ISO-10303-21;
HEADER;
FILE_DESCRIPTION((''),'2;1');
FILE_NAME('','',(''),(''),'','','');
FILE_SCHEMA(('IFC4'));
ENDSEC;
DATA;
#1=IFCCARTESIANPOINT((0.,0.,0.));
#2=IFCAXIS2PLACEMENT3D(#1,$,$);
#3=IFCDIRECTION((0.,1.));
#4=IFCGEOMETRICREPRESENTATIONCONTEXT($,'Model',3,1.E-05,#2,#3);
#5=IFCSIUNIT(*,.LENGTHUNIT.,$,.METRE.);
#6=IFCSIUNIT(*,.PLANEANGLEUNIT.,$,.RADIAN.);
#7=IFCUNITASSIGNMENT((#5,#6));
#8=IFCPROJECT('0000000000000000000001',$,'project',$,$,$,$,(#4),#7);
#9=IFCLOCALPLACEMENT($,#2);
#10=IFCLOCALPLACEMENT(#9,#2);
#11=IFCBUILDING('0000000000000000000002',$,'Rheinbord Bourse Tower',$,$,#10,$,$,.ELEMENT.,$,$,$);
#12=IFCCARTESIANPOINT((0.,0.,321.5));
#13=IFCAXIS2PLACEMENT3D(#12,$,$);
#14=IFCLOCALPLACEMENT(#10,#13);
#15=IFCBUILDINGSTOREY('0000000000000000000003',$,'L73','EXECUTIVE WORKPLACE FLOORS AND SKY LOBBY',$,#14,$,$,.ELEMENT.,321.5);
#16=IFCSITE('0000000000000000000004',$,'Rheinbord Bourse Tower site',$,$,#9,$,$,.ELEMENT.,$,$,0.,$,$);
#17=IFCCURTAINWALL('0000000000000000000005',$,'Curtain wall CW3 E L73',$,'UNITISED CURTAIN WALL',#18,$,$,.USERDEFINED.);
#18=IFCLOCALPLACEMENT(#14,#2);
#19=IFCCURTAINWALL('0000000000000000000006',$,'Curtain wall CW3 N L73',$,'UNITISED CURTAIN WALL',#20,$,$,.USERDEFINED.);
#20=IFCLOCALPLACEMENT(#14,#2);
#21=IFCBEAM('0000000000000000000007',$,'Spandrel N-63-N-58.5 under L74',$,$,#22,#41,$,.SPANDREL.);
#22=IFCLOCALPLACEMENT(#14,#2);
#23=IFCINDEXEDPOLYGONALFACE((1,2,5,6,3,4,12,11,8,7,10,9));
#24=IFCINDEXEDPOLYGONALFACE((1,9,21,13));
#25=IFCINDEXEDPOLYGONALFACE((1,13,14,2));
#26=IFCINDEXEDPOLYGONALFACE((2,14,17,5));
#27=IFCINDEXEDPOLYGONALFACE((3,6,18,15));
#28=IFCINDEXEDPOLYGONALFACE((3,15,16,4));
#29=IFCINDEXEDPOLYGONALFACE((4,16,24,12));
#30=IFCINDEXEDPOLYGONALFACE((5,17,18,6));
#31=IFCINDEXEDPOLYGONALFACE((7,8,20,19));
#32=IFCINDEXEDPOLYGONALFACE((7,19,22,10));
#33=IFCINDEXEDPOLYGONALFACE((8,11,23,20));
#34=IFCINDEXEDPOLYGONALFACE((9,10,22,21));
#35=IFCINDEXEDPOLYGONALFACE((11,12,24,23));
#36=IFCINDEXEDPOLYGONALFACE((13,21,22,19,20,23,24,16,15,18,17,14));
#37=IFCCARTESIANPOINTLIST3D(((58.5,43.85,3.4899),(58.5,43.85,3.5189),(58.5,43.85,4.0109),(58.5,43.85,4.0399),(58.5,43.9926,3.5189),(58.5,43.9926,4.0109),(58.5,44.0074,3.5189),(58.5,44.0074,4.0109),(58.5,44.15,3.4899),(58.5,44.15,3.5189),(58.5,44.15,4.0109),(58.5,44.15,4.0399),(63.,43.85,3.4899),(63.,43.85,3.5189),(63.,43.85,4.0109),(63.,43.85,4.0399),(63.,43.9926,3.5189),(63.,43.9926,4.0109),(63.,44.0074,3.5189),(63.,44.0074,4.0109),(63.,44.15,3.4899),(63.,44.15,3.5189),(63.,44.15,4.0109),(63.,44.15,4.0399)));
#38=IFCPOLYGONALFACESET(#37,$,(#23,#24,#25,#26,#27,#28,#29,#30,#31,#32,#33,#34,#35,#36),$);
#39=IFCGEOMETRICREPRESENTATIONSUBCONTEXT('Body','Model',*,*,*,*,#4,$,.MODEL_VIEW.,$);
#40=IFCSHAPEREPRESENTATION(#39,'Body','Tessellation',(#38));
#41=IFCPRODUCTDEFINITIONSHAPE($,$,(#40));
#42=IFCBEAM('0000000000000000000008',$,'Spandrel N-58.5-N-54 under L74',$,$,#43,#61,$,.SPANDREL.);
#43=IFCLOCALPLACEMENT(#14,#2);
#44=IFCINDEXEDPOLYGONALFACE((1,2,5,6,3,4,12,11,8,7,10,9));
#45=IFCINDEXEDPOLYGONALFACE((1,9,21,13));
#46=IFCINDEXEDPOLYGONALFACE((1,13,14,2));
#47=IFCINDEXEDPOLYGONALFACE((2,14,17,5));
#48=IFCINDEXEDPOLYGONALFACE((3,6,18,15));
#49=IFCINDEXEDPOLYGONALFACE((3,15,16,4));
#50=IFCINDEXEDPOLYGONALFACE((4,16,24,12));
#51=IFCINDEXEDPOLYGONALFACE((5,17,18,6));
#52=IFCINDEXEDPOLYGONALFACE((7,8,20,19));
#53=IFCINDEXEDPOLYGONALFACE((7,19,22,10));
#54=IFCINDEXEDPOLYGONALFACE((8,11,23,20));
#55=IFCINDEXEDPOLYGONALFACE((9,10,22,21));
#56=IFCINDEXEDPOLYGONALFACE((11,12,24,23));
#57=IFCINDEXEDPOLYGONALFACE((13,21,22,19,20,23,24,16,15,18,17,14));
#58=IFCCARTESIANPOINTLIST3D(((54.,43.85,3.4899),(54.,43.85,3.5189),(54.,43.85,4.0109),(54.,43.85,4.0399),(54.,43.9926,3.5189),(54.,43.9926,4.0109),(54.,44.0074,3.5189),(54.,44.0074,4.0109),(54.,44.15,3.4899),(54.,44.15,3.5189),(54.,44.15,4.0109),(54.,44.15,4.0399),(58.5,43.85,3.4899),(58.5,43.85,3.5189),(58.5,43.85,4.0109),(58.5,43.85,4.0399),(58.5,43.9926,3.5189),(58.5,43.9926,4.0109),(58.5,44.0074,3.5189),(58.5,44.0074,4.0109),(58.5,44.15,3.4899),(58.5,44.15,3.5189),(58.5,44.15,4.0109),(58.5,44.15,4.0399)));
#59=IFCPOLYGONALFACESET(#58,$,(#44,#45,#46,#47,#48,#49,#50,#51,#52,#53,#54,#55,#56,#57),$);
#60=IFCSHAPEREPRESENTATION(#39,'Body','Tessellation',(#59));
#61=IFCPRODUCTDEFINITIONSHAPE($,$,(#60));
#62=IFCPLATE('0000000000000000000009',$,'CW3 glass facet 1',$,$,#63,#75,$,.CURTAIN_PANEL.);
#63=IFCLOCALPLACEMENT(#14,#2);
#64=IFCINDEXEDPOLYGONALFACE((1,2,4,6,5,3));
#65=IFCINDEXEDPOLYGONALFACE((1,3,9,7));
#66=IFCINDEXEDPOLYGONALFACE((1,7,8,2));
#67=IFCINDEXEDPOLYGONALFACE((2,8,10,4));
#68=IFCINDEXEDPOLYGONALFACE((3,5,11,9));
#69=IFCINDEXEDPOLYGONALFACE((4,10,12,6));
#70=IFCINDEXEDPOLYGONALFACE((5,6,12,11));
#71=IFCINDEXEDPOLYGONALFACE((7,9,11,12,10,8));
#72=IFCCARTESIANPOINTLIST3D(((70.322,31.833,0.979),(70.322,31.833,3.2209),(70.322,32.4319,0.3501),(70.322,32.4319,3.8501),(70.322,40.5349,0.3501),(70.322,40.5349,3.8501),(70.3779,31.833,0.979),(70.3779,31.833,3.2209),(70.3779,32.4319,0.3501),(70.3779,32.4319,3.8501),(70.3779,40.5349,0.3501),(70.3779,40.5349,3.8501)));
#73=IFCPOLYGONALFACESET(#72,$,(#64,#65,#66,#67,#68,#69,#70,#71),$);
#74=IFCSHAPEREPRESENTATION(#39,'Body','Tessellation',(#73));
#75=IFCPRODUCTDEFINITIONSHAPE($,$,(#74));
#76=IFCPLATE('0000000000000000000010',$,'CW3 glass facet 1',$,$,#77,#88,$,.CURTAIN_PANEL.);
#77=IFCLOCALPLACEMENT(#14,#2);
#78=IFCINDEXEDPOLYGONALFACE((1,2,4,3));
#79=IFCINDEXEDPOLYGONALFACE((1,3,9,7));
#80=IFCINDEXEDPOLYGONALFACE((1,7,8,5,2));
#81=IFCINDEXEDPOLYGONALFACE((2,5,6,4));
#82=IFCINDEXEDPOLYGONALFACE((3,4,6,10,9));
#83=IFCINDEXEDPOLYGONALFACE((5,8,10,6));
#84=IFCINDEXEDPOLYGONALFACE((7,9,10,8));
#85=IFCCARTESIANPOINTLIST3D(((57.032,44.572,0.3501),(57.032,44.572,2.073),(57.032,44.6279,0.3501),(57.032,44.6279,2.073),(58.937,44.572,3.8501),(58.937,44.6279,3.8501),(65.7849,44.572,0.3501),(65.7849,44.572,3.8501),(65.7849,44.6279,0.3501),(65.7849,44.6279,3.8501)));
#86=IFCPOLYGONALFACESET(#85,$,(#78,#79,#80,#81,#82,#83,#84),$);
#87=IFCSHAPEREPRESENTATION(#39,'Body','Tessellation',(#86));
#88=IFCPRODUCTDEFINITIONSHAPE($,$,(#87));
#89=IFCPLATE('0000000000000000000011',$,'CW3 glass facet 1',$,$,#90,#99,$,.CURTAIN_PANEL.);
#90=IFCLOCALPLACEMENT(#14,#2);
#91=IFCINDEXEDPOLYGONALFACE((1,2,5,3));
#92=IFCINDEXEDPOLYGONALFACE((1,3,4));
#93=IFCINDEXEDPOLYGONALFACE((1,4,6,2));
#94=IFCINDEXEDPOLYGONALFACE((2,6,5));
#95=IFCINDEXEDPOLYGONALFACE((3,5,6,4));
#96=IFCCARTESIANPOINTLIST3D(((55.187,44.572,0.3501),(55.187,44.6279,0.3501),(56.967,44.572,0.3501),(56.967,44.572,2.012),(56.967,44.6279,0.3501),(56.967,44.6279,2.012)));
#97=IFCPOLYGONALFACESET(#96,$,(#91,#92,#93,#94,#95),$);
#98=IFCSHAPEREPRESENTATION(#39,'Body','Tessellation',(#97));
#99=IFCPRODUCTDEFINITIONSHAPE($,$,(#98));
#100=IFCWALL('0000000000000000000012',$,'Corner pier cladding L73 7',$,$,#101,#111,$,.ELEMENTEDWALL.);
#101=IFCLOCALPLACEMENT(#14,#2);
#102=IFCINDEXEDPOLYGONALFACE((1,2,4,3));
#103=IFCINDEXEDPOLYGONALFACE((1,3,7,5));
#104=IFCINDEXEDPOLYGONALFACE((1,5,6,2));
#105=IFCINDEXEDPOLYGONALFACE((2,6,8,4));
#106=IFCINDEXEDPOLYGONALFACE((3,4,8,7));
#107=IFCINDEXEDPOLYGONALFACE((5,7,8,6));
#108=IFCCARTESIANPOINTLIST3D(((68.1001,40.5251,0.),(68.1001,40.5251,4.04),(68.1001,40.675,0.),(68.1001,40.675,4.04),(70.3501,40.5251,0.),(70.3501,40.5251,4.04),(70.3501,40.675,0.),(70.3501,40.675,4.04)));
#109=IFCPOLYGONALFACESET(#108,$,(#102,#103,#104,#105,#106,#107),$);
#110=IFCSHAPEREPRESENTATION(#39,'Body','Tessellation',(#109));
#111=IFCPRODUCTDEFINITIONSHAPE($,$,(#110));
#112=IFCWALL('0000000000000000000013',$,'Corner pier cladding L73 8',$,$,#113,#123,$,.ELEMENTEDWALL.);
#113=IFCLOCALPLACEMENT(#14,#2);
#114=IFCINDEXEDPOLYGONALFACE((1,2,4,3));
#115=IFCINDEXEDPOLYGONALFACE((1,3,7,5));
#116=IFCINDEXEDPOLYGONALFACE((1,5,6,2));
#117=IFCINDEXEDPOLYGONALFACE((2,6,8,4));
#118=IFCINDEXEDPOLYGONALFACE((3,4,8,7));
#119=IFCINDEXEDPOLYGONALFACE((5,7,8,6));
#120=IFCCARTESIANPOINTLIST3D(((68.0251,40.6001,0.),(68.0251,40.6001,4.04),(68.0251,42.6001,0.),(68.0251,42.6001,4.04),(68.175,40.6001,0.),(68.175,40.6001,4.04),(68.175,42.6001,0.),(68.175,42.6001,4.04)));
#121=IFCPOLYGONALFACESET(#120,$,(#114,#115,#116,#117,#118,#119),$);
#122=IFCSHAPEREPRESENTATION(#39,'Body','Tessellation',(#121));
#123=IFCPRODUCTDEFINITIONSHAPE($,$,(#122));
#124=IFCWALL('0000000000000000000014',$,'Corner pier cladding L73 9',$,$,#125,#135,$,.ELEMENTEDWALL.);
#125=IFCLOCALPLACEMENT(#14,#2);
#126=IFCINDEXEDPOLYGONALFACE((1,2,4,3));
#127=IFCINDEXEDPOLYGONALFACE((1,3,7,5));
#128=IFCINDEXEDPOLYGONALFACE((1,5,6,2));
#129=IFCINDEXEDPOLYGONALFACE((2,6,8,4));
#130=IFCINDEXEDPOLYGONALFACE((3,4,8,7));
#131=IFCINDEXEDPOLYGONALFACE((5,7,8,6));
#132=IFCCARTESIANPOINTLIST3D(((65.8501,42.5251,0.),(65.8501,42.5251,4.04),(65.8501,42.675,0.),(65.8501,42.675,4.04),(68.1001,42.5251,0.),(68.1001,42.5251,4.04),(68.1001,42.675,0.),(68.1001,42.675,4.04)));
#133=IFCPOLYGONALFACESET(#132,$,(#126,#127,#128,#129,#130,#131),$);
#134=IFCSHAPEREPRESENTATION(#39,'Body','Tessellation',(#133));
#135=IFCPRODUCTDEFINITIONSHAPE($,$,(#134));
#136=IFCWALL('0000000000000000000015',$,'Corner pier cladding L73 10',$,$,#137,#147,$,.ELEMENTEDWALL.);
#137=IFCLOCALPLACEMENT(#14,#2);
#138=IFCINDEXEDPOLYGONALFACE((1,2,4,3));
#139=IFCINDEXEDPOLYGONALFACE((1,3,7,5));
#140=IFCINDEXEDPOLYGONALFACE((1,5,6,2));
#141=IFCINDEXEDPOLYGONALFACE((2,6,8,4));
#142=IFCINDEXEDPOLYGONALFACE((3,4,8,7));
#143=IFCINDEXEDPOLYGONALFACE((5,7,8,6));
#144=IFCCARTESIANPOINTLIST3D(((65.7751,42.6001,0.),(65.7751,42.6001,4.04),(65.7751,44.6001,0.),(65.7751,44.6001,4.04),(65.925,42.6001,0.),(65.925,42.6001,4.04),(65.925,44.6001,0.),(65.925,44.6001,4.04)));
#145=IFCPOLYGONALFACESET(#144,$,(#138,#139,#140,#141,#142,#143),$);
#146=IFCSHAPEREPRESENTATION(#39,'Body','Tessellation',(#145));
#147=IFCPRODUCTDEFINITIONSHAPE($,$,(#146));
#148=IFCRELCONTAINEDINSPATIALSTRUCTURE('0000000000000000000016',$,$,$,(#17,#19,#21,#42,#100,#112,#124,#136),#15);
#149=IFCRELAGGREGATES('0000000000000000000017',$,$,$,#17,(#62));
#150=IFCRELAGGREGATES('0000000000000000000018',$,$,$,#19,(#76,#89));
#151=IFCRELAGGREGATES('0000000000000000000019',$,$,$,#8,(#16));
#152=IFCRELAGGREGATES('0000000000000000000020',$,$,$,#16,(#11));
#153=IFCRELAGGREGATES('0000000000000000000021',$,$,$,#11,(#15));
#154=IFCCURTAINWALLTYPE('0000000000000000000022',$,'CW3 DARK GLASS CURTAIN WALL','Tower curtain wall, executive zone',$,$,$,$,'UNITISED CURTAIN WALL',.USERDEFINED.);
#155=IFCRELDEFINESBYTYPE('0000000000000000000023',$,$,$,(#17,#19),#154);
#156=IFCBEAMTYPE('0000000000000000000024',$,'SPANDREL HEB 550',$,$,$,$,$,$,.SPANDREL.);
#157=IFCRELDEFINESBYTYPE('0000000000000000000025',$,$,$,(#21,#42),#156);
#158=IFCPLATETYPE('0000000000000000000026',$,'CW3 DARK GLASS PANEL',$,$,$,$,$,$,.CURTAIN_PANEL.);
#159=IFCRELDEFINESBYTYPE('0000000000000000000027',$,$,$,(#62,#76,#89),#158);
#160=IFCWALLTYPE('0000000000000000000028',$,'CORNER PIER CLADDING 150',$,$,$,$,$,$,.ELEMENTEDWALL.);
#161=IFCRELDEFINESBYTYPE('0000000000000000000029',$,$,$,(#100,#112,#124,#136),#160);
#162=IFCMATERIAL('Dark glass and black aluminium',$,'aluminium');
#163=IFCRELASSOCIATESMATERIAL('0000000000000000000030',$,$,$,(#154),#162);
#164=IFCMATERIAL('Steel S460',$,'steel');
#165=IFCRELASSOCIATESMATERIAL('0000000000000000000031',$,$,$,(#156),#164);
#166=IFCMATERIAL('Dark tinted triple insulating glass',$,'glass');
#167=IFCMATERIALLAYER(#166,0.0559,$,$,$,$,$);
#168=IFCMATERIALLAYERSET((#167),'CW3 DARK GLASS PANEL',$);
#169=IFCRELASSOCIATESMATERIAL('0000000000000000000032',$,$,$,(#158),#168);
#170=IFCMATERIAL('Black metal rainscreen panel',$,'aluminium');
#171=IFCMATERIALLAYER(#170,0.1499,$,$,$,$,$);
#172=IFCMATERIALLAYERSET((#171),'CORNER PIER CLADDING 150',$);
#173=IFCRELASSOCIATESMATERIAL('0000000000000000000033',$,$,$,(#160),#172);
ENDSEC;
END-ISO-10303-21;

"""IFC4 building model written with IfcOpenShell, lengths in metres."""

from ifc_helpers import new_model, si_unit, direction, frame, frame_2d, origin, origin_2d, place, context, subcontext, project, spatial, polyline, rectangle, i_section, outline, extrude, material, layer, layer_set, material_profile, profile_set, type_object, element, aggregate, save


model = new_model("IFC4")

# Units and contexts
model_context = context("Model", 3, precision=1e-05, world=origin(), true_north=direction((0.0, 1.0)))
body_context = subcontext(model_context, "Body", "Model", "MODEL_VIEW")
ifc_project = project(units=[si_unit("LENGTHUNIT", "METRE"), si_unit("PLANEANGLEUNIT", "RADIAN")], contexts=[model_context])

# Site, building, storey
site_placement = place(None, origin())
site = spatial("IfcSite", under=ifc_project, at=site_placement, Name="Rheinbord Bourse Tower site", CompositionType="ELEMENT", RefElevation=0.0)
building_placement = place(site_placement, origin())
building = spatial("IfcBuilding", under=site, at=building_placement, Name="Rheinbord Bourse Tower", CompositionType="ELEMENT")
storey_placement = place(building_placement, frame((0.0, 0.0, 321.5)))
storey = spatial("IfcBuildingStorey", under=building, at=storey_placement, Name="L73", Description="EXECUTIVE WORKPLACE FLOORS AND SKY LOBBY", CompositionType="ELEMENT", Elevation=321.5)

# Curtain wall
ifc_material_1 = material(Name="Dark glass and black aluminium", Category="aluminium")
curtain_wall_type = type_object("IfcCurtainWallType", Name="CW3 DARK GLASS CURTAIN WALL", Description="Tower curtain wall, executive zone", ElementType="UNITISED CURTAIN WALL", PredefinedType="USERDEFINED", material=ifc_material_1)
curtain_wall_1_placement = place(storey_placement, origin())
curtain_wall_1 = element("IfcCurtainWall", 1, at=curtain_wall_1_placement, inside=storey, type_object=curtain_wall_type, Name="Curtain wall CW3 E L73", ObjectType="UNITISED CURTAIN WALL", PredefinedType="USERDEFINED")

# Curtain wall
curtain_wall_2_placement = place(storey_placement, origin())
curtain_wall_2 = element("IfcCurtainWall", 2, at=curtain_wall_2_placement, inside=storey, type_object=curtain_wall_type, Name="Curtain wall CW3 N L73", ObjectType="UNITISED CURTAIN WALL", PredefinedType="USERDEFINED")

# Beams
ifc_material_2 = material(Name="Steel S460", Category="steel")
ifc_material_profile_1 = material_profile(ifc_material_2, i_section(OverallWidth=0.3, OverallDepth=0.55, WebThickness=0.0149, FlangeThickness=0.0291, at=origin_2d()), Name="HEB 550")
ifc_profile_set_1 = profile_set([ifc_material_profile_1], Name="Steel S460")
beam_type_1 = type_object("IfcBeamType", Name="SPANDREL HEB 550", PredefinedType="SPANDREL", material=ifc_profile_set_1)
for number, where, z_axis, x_axis, name in (
    (3, (63.0, 44.0, 3.7649), (-1.0, 0.0, 0.0), (0.0, -1.0, 0.0), "Spandrel N-63-N-58.5 under L74"),
    (4, (58.5, 44.0, 3.7649), (-1.0, 0.0, 0.0), (0.0, -1.0, 0.0), "Spandrel N-58.5-N-54 under L74"),
):
    element("IfcBeam", number, at=place(storey_placement, frame(where, z_axis=z_axis, x_axis=x_axis)), inside=storey, type_object=beam_type_1, Name=name, PredefinedType="SPANDREL", context=body_context, shape_type="SweptSolid", body=[
        extrude(i_section(OverallWidth=0.3, OverallDepth=0.55, WebThickness=0.0149, FlangeThickness=0.0291, at=origin_2d()), origin(), (0.0, 0.0, 1.0), 4.5),
    ])

# Plates
ifc_material_3 = material(Name="Dark tinted triple insulating glass", Category="glass")
ifc_layer_1 = layer(ifc_material_3, 0.0559)
ifc_layer_set_1 = layer_set([ifc_layer_1], Name="CW3 DARK GLASS PANEL")
plate_type = type_object("IfcPlateType", Name="CW3 DARK GLASS PANEL", PredefinedType="CURTAIN_PANEL", material=ifc_layer_set_1)
plate_1_placement = place(storey_placement, frame((70.3779, 40.5349, 3.8501), z_axis=(-1.0, 0.0, 0.0), x_axis=(0.0, 0.0, -1.0)))
plate_1 = element("IfcPlate", 5, at=plate_1_placement, type_object=plate_type, Name="CW3 glass facet 1", PredefinedType="CURTAIN_PANEL", context=body_context, shape_type="SweptSolid", body=[
    extrude(outline(polyline([(0.0, 0.0), (3.5, 0.0), (3.5, 8.103), (2.8711, 8.7019), (0.6292, 8.7019), (0.0, 8.103), (0.0, 0.0)])), origin(), (0.0, 0.0, 1.0), 0.0559),
])
aggregate(curtain_wall_1, [plate_1])
plate_2_placement = place(storey_placement, frame((57.032, 44.6279, 0.3501), z_axis=(0.0, -1.0, 0.0), x_axis=(1.0, 0.0, 0.0)))
plate_2 = element("IfcPlate", 6, at=plate_2_placement, type_object=plate_type, Name="CW3 glass facet 1", PredefinedType="CURTAIN_PANEL", context=body_context, shape_type="SweptSolid", body=[
    extrude(outline(polyline([(0.0, 0.0), (8.7529, 0.0), (8.7529, 3.5), (1.905, 3.5), (0.0, 1.7229), (0.0, 0.0)])), origin(), (0.0, 0.0, 1.0), 0.0559),
])
plate_3_placement = place(storey_placement, frame((56.967, 44.6279, 0.3501), z_axis=(0.0, -1.0, 0.0), x_axis=(0.0, 0.0, 1.0)))
plate_3 = element("IfcPlate", 7, at=plate_3_placement, type_object=plate_type, Name="CW3 glass facet 1", PredefinedType="CURTAIN_PANEL", context=body_context, shape_type="SweptSolid", body=[
    extrude(outline(polyline([(0.0, 0.0), (1.6619, 0.0), (0.0, 1.78), (0.0, 0.0)])), origin(), (0.0, 0.0, 1.0), 0.0559),
])
aggregate(curtain_wall_2, [plate_2, plate_3])

# Walls
ifc_material_4 = material(Name="Black metal rainscreen panel", Category="aluminium")
ifc_layer_2 = layer(ifc_material_4, 0.1499)
ifc_layer_set_2 = layer_set([ifc_layer_2], Name="CORNER PIER CLADDING 150")
wall_type = type_object("IfcWallType", Name="CORNER PIER CLADDING 150", PredefinedType="ELEMENTEDWALL", material=ifc_layer_set_2)
wall_1_placement = place(storey_placement, frame((70.3501, 40.6001, 0.0), z_axis=(0.0, 0.0, 1.0), x_axis=(-1.0, 0.0, 0.0)))
element("IfcWall", 8, at=wall_1_placement, inside=storey, type_object=wall_type, Name="Corner pier cladding L73 7", PredefinedType="ELEMENTEDWALL", context=body_context, shape_type="SweptSolid", body=[
    extrude(rectangle(XDim=2.25, YDim=0.1499, at=frame_2d((1.125, 0.0))), origin(), (0.0, 0.0, 1.0), 4.04),
])
wall_2_placement = place(storey_placement, frame((68.1001, 40.6001, 0.0), z_axis=(0.0, 0.0, 1.0), x_axis=(0.0, 1.0, 0.0)))
element("IfcWall", 9, at=wall_2_placement, inside=storey, type_object=wall_type, Name="Corner pier cladding L73 8", PredefinedType="ELEMENTEDWALL", context=body_context, shape_type="SweptSolid", body=[
    extrude(rectangle(XDim=2.0, YDim=0.1499, at=frame_2d((1.0, 0.0))), origin(), (0.0, 0.0, 1.0), 4.04),
])
wall_3_placement = place(storey_placement, frame((68.1001, 42.6001, 0.0), z_axis=(0.0, 0.0, 1.0), x_axis=(-1.0, 0.0, 0.0)))
element("IfcWall", 10, at=wall_3_placement, inside=storey, type_object=wall_type, Name="Corner pier cladding L73 9", PredefinedType="ELEMENTEDWALL", context=body_context, shape_type="SweptSolid", body=[
    extrude(rectangle(XDim=2.25, YDim=0.1499, at=frame_2d((1.125, 0.0))), origin(), (0.0, 0.0, 1.0), 4.04),
])
wall_4_placement = place(storey_placement, frame((65.8501, 42.6001, 0.0), z_axis=(0.0, 0.0, 1.0), x_axis=(0.0, 1.0, 0.0)))
element("IfcWall", 11, at=wall_4_placement, inside=storey, type_object=wall_type, Name="Corner pier cladding L73 10", PredefinedType="ELEMENTEDWALL", context=body_context, shape_type="SweptSolid", body=[
    extrude(rectangle(XDim=2.0, YDim=0.1499, at=frame_2d((1.0, 0.0))), origin(), (0.0, 0.0, 1.0), 4.04),
])

save(model, "model.ifc")
